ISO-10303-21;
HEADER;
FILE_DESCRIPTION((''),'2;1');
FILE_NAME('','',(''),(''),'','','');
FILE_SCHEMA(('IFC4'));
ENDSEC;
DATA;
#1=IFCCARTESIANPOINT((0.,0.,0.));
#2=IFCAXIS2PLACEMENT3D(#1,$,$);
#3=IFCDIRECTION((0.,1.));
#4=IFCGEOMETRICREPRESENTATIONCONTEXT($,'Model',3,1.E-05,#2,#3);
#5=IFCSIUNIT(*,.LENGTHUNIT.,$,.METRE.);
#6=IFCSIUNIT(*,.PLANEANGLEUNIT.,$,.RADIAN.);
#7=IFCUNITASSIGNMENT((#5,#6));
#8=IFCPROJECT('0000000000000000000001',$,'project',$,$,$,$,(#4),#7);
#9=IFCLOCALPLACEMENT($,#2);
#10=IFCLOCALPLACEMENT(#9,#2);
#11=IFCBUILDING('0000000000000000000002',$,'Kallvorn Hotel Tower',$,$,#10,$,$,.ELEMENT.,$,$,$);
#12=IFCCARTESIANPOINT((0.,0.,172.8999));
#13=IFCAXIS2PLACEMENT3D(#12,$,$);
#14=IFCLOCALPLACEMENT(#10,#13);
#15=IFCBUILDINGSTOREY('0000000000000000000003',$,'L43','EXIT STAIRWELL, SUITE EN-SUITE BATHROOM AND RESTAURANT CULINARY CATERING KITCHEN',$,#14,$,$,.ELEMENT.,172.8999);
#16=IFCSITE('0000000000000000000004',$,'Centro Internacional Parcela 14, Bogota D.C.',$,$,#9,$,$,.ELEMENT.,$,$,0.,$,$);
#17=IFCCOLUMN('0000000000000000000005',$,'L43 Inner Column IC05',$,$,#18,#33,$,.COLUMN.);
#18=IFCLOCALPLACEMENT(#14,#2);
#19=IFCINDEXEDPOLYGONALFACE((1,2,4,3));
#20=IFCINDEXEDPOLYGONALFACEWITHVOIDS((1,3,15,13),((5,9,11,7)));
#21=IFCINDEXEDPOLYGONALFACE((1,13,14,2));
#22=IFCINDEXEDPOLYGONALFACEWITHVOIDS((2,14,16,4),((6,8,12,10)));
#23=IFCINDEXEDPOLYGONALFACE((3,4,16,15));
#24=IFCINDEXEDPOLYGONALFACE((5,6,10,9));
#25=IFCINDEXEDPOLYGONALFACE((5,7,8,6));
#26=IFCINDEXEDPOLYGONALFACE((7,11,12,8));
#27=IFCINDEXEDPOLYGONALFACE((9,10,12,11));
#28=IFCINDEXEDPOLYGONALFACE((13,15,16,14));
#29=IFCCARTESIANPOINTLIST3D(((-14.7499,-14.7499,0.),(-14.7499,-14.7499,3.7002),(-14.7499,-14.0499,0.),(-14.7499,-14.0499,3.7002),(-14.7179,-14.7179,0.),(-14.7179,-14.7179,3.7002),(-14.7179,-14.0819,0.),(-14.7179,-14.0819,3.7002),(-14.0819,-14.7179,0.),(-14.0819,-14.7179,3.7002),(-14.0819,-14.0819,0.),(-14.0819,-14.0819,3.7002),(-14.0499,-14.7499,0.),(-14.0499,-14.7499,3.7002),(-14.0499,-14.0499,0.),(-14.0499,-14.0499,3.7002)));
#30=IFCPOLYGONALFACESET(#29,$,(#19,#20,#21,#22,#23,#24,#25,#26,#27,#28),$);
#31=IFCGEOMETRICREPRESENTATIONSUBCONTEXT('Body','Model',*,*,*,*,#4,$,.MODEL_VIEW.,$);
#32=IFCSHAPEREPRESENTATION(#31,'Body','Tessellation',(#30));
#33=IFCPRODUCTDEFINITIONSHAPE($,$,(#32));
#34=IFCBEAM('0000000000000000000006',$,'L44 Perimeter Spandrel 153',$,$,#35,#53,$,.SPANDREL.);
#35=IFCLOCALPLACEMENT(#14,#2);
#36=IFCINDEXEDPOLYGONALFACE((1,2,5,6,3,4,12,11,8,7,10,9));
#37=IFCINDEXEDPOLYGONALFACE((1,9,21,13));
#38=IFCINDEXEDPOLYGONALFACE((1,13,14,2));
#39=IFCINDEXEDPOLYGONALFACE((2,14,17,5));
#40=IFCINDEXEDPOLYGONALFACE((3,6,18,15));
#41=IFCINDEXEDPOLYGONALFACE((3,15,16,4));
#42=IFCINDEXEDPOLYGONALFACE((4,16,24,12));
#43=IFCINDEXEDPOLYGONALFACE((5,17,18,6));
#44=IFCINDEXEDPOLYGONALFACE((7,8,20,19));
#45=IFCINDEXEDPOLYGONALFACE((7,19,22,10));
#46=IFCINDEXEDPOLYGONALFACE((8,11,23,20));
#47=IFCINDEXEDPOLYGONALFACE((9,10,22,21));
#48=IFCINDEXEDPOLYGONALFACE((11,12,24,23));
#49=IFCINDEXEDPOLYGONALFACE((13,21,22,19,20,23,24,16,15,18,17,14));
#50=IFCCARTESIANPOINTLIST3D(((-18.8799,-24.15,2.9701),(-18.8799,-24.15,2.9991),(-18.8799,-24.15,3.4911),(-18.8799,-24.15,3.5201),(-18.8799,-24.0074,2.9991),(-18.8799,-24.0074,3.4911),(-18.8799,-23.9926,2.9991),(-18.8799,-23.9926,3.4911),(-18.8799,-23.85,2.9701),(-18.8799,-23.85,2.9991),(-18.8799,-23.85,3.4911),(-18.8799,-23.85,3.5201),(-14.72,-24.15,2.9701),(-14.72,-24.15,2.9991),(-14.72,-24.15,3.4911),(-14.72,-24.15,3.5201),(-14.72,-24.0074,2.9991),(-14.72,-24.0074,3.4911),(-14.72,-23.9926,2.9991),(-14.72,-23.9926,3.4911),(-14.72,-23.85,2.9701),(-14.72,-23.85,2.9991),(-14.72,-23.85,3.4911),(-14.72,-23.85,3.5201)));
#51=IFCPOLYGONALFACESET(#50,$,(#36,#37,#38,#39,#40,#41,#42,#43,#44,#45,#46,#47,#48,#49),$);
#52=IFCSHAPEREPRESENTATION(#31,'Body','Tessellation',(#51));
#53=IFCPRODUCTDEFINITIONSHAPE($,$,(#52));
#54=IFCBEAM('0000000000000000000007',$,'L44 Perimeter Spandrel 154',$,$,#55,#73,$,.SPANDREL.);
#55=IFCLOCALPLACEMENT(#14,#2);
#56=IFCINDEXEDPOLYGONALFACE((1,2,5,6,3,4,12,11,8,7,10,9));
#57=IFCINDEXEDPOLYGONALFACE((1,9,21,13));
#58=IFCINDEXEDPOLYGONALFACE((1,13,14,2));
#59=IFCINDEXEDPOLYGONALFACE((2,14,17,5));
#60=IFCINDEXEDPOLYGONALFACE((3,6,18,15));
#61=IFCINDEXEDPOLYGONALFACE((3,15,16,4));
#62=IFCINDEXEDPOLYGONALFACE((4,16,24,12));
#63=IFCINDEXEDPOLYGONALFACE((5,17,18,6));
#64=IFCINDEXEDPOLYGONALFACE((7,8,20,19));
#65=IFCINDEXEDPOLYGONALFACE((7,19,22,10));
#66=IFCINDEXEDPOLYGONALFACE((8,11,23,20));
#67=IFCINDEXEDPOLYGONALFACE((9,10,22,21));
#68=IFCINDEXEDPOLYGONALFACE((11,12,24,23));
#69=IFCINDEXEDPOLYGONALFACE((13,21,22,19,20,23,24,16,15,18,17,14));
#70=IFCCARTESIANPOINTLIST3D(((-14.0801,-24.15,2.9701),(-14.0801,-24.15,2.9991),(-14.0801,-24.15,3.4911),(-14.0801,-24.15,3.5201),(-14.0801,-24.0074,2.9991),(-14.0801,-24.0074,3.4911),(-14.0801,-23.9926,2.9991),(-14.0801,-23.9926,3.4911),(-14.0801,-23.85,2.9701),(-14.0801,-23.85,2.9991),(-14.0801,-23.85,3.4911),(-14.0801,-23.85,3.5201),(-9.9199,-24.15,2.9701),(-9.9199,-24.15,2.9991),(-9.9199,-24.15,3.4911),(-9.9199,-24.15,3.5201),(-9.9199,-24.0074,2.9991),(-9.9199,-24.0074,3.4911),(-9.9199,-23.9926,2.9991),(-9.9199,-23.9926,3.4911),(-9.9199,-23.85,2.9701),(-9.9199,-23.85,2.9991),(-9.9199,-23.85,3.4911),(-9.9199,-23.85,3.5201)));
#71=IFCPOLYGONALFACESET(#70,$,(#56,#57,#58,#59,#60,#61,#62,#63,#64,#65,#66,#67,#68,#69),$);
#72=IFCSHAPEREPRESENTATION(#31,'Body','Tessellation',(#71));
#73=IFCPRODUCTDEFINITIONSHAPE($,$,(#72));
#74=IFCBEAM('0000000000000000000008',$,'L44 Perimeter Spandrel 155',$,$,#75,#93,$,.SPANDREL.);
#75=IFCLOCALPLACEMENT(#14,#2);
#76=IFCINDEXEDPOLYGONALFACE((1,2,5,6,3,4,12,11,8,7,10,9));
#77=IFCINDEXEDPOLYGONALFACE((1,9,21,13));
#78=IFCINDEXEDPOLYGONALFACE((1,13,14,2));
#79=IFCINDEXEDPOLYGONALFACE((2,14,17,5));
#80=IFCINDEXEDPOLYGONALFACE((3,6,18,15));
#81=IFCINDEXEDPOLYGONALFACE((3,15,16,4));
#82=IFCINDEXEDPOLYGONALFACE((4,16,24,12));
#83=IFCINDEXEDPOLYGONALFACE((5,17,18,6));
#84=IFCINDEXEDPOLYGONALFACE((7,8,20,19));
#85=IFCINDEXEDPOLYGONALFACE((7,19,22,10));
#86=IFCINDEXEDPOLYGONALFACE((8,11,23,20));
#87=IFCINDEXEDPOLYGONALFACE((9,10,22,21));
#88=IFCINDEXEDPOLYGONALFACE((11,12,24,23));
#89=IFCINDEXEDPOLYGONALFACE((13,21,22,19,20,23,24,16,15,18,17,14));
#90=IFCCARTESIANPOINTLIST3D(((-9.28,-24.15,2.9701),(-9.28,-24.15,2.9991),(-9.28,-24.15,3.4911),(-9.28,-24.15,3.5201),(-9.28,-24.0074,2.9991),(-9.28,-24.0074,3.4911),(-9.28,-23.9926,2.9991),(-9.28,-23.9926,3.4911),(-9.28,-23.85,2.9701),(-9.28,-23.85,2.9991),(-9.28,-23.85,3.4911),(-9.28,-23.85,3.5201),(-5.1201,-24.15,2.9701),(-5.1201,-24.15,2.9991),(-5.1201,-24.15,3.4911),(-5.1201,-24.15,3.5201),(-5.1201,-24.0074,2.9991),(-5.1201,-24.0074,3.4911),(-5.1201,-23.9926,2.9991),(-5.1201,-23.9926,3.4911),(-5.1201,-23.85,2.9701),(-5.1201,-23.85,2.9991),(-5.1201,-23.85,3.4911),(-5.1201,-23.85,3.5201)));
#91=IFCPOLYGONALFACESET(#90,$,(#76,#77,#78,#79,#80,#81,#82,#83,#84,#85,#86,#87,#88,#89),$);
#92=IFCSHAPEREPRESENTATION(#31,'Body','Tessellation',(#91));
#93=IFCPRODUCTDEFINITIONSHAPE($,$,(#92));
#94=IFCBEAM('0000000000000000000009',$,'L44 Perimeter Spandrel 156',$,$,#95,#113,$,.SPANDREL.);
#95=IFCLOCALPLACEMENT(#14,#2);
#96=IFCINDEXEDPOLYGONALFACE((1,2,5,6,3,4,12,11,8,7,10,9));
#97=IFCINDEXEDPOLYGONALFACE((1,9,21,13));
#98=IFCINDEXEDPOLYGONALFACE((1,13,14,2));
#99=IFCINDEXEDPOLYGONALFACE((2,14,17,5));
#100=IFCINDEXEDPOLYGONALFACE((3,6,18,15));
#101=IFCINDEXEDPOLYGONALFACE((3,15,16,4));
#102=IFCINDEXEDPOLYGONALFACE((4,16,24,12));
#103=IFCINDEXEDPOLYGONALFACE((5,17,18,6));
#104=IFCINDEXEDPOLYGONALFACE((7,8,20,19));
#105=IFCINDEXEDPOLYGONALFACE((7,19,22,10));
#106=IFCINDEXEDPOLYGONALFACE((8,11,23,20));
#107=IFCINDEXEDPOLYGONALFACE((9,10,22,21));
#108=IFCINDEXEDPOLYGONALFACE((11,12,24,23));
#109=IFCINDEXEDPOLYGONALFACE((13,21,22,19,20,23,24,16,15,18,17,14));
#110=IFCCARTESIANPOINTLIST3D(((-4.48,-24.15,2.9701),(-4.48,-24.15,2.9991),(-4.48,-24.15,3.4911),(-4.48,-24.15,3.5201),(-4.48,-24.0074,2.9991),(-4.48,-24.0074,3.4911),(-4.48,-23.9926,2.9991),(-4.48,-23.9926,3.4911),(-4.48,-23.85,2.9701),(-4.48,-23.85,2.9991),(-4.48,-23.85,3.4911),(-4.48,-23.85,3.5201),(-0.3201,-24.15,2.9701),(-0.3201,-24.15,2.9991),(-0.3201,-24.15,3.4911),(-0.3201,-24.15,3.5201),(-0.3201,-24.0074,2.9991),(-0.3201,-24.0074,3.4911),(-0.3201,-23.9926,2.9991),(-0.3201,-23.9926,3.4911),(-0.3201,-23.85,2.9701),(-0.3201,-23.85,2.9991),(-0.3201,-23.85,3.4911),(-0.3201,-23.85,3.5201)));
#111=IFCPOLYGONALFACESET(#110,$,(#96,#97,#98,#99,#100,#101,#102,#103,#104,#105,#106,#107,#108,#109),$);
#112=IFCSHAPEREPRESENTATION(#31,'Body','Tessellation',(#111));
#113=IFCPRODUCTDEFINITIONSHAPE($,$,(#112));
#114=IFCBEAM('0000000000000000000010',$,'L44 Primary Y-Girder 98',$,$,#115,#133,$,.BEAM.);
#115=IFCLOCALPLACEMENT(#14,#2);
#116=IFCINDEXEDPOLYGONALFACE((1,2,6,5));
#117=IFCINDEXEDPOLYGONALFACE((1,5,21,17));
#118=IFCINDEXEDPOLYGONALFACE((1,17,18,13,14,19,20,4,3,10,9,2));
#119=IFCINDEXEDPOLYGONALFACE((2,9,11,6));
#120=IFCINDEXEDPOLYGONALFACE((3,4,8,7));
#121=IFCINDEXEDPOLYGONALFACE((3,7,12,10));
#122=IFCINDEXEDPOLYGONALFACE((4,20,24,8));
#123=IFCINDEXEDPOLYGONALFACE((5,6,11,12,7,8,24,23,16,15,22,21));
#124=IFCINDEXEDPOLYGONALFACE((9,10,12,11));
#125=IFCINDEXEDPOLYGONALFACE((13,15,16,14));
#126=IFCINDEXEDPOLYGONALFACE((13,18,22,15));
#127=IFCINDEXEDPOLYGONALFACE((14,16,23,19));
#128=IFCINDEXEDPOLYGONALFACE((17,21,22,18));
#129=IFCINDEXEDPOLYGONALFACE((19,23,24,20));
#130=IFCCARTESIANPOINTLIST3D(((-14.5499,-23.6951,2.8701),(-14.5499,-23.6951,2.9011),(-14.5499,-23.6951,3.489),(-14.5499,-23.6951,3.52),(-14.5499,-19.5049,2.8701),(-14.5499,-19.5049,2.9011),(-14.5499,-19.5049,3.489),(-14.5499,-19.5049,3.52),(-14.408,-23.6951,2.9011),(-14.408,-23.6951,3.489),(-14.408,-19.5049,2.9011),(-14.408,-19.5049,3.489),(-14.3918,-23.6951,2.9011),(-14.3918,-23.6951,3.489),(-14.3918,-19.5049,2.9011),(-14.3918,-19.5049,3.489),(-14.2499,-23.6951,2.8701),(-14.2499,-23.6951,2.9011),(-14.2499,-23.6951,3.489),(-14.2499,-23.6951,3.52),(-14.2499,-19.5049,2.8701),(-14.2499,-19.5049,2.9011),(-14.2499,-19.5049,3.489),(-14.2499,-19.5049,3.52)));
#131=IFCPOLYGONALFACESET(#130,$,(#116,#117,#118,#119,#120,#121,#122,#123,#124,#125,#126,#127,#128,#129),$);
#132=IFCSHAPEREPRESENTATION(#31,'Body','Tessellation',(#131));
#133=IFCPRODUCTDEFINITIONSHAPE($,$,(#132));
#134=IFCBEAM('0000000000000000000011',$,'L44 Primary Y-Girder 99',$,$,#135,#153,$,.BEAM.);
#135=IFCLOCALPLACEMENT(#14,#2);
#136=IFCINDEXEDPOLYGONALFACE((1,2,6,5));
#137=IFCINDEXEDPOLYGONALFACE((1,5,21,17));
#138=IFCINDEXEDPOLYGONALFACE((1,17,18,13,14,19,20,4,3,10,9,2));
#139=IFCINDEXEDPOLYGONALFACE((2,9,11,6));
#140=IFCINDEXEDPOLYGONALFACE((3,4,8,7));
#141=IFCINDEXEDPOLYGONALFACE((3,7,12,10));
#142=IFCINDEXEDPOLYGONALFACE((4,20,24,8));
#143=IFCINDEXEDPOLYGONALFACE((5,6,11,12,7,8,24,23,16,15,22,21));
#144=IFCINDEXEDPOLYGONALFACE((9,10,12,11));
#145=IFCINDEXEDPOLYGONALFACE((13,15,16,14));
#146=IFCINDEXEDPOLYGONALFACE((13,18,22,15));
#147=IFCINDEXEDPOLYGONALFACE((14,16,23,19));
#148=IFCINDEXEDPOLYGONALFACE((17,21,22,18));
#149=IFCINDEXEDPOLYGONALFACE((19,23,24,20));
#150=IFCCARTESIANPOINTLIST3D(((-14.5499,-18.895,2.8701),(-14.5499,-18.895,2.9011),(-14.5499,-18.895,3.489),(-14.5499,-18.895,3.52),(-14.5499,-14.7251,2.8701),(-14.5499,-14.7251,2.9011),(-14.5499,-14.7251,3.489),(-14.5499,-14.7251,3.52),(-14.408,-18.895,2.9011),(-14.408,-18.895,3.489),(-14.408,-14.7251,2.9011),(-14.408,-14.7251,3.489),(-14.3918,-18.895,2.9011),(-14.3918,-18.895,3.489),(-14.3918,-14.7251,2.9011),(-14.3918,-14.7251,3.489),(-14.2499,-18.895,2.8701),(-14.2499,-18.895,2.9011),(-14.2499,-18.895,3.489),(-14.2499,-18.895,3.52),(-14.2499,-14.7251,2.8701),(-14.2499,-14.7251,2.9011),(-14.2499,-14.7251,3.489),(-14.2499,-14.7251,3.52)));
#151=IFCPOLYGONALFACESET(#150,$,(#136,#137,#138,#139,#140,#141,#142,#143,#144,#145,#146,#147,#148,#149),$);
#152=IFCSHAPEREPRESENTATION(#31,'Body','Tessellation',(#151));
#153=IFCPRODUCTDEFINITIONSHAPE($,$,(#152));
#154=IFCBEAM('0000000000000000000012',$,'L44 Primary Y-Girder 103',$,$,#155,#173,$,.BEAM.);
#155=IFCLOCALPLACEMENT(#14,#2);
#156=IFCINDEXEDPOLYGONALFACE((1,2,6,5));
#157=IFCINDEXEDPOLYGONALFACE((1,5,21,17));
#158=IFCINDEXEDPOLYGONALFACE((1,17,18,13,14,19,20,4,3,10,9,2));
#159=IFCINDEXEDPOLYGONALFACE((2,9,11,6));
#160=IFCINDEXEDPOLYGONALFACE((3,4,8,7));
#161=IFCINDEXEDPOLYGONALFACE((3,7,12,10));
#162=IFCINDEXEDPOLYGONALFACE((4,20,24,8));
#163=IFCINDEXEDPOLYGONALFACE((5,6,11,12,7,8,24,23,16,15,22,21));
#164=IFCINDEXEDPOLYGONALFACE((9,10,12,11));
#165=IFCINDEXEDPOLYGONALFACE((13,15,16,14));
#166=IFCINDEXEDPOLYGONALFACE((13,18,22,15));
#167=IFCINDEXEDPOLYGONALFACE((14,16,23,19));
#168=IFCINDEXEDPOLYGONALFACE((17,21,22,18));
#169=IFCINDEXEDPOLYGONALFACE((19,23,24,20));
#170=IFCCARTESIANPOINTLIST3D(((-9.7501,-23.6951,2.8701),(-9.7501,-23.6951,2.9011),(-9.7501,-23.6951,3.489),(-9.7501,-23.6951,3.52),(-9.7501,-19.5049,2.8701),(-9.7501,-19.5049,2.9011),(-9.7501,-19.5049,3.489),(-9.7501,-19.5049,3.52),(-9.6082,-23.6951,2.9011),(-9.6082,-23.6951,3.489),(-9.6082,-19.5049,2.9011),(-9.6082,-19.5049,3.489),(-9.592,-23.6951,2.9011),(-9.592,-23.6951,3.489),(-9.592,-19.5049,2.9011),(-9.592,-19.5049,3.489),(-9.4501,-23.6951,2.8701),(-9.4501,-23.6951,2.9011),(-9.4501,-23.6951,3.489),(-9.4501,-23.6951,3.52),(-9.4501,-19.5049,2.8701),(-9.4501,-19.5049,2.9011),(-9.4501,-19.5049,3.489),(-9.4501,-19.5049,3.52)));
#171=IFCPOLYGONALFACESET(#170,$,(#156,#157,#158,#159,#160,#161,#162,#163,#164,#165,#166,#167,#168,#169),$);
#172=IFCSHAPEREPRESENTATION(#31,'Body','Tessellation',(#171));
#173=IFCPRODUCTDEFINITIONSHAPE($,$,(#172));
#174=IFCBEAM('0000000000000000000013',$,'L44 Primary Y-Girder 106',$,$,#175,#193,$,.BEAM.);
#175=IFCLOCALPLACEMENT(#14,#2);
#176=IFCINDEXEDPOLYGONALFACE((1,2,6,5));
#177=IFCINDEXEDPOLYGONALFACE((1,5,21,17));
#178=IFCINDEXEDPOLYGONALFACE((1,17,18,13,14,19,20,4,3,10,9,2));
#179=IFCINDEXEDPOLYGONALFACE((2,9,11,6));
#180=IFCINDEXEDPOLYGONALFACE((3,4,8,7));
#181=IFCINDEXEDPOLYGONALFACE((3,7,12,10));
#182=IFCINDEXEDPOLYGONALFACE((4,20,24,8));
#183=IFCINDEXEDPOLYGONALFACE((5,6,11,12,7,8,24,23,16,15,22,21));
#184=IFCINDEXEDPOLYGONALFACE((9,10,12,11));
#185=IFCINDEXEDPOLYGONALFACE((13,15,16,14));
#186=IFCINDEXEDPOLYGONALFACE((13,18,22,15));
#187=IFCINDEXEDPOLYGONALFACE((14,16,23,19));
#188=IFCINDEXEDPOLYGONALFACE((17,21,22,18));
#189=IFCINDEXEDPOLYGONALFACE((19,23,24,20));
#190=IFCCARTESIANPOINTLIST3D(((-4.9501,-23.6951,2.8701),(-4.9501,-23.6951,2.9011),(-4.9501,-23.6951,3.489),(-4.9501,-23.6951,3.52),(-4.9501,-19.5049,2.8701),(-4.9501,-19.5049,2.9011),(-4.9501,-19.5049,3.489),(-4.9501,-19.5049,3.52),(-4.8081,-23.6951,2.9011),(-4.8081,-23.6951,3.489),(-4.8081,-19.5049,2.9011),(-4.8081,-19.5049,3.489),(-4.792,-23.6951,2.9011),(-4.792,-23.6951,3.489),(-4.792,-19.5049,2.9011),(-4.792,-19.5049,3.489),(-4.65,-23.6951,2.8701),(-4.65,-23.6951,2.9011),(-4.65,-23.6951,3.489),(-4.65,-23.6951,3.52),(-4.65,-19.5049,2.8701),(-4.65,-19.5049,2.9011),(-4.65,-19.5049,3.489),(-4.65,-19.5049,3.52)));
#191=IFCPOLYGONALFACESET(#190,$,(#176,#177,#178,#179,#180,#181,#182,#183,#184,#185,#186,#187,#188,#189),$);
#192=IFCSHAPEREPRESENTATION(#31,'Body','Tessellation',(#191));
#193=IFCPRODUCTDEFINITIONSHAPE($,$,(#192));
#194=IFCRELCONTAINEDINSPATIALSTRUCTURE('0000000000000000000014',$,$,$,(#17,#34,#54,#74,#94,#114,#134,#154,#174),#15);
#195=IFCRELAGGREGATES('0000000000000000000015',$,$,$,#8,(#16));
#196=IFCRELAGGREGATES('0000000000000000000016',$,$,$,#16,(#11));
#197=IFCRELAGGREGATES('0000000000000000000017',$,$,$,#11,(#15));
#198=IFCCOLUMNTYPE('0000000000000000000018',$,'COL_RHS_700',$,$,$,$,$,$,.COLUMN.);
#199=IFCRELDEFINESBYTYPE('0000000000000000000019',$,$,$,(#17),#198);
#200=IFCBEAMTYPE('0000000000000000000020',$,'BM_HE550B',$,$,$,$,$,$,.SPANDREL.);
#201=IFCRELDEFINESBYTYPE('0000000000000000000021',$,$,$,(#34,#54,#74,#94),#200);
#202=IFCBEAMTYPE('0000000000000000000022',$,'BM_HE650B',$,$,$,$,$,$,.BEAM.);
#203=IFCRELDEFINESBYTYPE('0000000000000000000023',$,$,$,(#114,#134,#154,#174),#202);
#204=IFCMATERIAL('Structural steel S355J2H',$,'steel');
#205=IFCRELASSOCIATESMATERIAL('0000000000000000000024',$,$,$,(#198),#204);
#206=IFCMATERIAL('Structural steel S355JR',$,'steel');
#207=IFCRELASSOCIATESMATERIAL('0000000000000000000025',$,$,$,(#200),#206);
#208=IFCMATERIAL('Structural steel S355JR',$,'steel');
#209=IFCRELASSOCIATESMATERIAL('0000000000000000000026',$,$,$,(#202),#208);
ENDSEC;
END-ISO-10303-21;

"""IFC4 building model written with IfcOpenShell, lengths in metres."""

from ifc_helpers import new_model, si_unit, direction, frame, origin, origin_2d, place, context, subcontext, project, spatial, hollow_rectangle, i_section, extrude, material, material_profile, profile_set, type_object, element, save


model = new_model("IFC4")

# Units and contexts
model_context = context("Model", 3, precision=1e-05, world=origin(), true_north=direction((0.0, 1.0)))
body_context = subcontext(model_context, "Body", "Model", "MODEL_VIEW")
ifc_project = project(units=[si_unit("LENGTHUNIT", "METRE"), si_unit("PLANEANGLEUNIT", "RADIAN")], contexts=[model_context])

# Site, building, storey
site_placement = place(None, origin())
site = spatial("IfcSite", under=ifc_project, at=site_placement, Name="Centro Internacional Parcela 14, Bogota D.C.", CompositionType="ELEMENT", RefElevation=0.0)
building_placement = place(site_placement, origin())
building = spatial("IfcBuilding", under=site, at=building_placement, Name="Kallvorn Hotel Tower", CompositionType="ELEMENT")
storey_placement = place(building_placement, frame((0.0, 0.0, 172.8999)))
storey = spatial("IfcBuildingStorey", under=building, at=storey_placement, Name="L43", Description="EXIT STAIRWELL, SUITE EN-SUITE BATHROOM AND RESTAURANT CULINARY CATERING KITCHEN", CompositionType="ELEMENT", Elevation=172.8999)

# Column
ifc_material_1 = material(Name="Structural steel S355J2H", Category="steel")
ifc_material_profile_1 = material_profile(ifc_material_1, hollow_rectangle(XDim=0.7, YDim=0.7, WallThickness=0.032, at=origin_2d()), Name="RHS 700x700x32")
ifc_profile_set_1 = profile_set([ifc_material_profile_1], Name="Structural steel S355J2H")
column_type_1 = type_object("IfcColumnType", Name="COL_RHS_700", PredefinedType="COLUMN", material=ifc_profile_set_1)
column_placement = place(storey_placement, frame((-14.3999, -14.3999, 0.0), z_axis=(0.0, 0.0, 1.0), x_axis=(1.0, 0.0, 0.0)))
element("IfcColumn", 1, at=column_placement, inside=storey, type_object=column_type_1, Name="L43 Inner Column IC05", PredefinedType="COLUMN", context=body_context, shape_type="SweptSolid", body=[
    extrude(hollow_rectangle(XDim=0.7, YDim=0.7, WallThickness=0.032, at=origin_2d()), origin(), (0.0, 0.0, 1.0), 3.7002),
])

# Beams
ifc_material_2 = material(Name="Structural steel S355JR", Category="steel")
ifc_material_profile_2 = material_profile(ifc_material_2, i_section(OverallWidth=0.3, OverallDepth=0.55, WebThickness=0.0149, FlangeThickness=0.0291, at=origin_2d()), Name="HE 550 B")
ifc_profile_set_2 = profile_set([ifc_material_profile_2], Name="Structural steel S355JR")
beam_type_1 = type_object("IfcBeamType", Name="BM_HE550B", PredefinedType="SPANDREL", material=ifc_profile_set_2)
beam_1_placement = place(storey_placement, frame((-18.8799, -24.0, 3.2451), z_axis=(1.0, 0.0, 0.0), x_axis=(0.0, 1.0, 0.0)))
element("IfcBeam", 2, at=beam_1_placement, inside=storey, type_object=beam_type_1, Name="L44 Perimeter Spandrel 153", PredefinedType="SPANDREL", context=body_context, shape_type="SweptSolid", body=[
    extrude(i_section(OverallWidth=0.3, OverallDepth=0.55, WebThickness=0.0149, FlangeThickness=0.0291, at=origin_2d()), origin(), (0.0, 0.0, 1.0), 4.1599),
])
beam_2_placement = place(storey_placement, frame((-14.0801, -24.0, 3.2451), z_axis=(1.0, 0.0, 0.0), x_axis=(0.0, 1.0, 0.0)))
element("IfcBeam", 3, at=beam_2_placement, inside=storey, type_object=beam_type_1, Name="L44 Perimeter Spandrel 154", PredefinedType="SPANDREL", context=body_context, shape_type="SweptSolid", body=[
    extrude(i_section(OverallWidth=0.3, OverallDepth=0.55, WebThickness=0.0149, FlangeThickness=0.0291, at=origin_2d()), origin(), (0.0, 0.0, 1.0), 4.1602),
])
for number, where, z_axis, x_axis, name in (
    (4, (-9.28, -24.0, 3.2451), (1.0, 0.0, 0.0), (0.0, 1.0, 0.0), "L44 Perimeter Spandrel 155"),
    (5, (-4.48, -24.0, 3.2451), (1.0, 0.0, 0.0), (0.0, 1.0, 0.0), "L44 Perimeter Spandrel 156"),
):
    element("IfcBeam", number, at=place(storey_placement, frame(where, z_axis=z_axis, x_axis=x_axis)), inside=storey, type_object=beam_type_1, Name=name, PredefinedType="SPANDREL", context=body_context, shape_type="SweptSolid", body=[
        extrude(i_section(OverallWidth=0.3, OverallDepth=0.55, WebThickness=0.0149, FlangeThickness=0.0291, at=origin_2d()), origin(), (0.0, 0.0, 1.0), 4.1599),
    ])
ifc_material_3 = material(Name="Structural steel S355JR", Category="steel")
ifc_material_profile_3 = material_profile(ifc_material_3, i_section(OverallWidth=0.3, OverallDepth=0.6499, WebThickness=0.0161, FlangeThickness=0.031, at=origin_2d()), Name="HE 650 B")
ifc_profile_set_3 = profile_set([ifc_material_profile_3], Name="Structural steel S355JR")
beam_type_2 = type_object("IfcBeamType", Name="BM_HE650B", PredefinedType="BEAM", material=ifc_profile_set_3)
beam_3_placement = place(storey_placement, frame((-14.3999, -23.6951, 3.1951), z_axis=(0.0, 1.0, 0.0), x_axis=(-1.0, 0.0, 0.0)))
element("IfcBeam", 6, at=beam_3_placement, inside=storey, type_object=beam_type_2, Name="L44 Primary Y-Girder 98", PredefinedType="BEAM", context=body_context, shape_type="SweptSolid", body=[
    extrude(i_section(OverallWidth=0.3, OverallDepth=0.6499, WebThickness=0.0161, FlangeThickness=0.031, at=origin_2d()), origin(), (0.0, 0.0, 1.0), 4.1902),
])
beam_4_placement = place(storey_placement, frame((-14.3999, -18.895, 3.1951), z_axis=(0.0, 1.0, 0.0), x_axis=(-1.0, 0.0, 0.0)))
element("IfcBeam", 7, at=beam_4_placement, inside=storey, type_object=beam_type_2, Name="L44 Primary Y-Girder 99", PredefinedType="BEAM", context=body_context, shape_type="SweptSolid", body=[
    extrude(i_section(OverallWidth=0.3, OverallDepth=0.6499, WebThickness=0.0161, FlangeThickness=0.031, at=origin_2d()), origin(), (0.0, 0.0, 1.0), 4.1699),
])
for number, where, z_axis, x_axis, name in (
    (8, (-9.6001, -23.6951, 3.1951), (0.0, 1.0, 0.0), (-1.0, 0.0, 0.0), "L44 Primary Y-Girder 103"),
    (9, (-4.8, -23.6951, 3.1951), (0.0, 1.0, 0.0), (-1.0, 0.0, 0.0), "L44 Primary Y-Girder 106"),
):
    element("IfcBeam", number, at=place(storey_placement, frame(where, z_axis=z_axis, x_axis=x_axis)), inside=storey, type_object=beam_type_2, Name=name, PredefinedType="BEAM", context=body_context, shape_type="SweptSolid", body=[
        extrude(i_section(OverallWidth=0.3, OverallDepth=0.6499, WebThickness=0.0161, FlangeThickness=0.031, at=origin_2d()), origin(), (0.0, 0.0, 1.0), 4.1902),
    ])

save(model, "model.ifc")
